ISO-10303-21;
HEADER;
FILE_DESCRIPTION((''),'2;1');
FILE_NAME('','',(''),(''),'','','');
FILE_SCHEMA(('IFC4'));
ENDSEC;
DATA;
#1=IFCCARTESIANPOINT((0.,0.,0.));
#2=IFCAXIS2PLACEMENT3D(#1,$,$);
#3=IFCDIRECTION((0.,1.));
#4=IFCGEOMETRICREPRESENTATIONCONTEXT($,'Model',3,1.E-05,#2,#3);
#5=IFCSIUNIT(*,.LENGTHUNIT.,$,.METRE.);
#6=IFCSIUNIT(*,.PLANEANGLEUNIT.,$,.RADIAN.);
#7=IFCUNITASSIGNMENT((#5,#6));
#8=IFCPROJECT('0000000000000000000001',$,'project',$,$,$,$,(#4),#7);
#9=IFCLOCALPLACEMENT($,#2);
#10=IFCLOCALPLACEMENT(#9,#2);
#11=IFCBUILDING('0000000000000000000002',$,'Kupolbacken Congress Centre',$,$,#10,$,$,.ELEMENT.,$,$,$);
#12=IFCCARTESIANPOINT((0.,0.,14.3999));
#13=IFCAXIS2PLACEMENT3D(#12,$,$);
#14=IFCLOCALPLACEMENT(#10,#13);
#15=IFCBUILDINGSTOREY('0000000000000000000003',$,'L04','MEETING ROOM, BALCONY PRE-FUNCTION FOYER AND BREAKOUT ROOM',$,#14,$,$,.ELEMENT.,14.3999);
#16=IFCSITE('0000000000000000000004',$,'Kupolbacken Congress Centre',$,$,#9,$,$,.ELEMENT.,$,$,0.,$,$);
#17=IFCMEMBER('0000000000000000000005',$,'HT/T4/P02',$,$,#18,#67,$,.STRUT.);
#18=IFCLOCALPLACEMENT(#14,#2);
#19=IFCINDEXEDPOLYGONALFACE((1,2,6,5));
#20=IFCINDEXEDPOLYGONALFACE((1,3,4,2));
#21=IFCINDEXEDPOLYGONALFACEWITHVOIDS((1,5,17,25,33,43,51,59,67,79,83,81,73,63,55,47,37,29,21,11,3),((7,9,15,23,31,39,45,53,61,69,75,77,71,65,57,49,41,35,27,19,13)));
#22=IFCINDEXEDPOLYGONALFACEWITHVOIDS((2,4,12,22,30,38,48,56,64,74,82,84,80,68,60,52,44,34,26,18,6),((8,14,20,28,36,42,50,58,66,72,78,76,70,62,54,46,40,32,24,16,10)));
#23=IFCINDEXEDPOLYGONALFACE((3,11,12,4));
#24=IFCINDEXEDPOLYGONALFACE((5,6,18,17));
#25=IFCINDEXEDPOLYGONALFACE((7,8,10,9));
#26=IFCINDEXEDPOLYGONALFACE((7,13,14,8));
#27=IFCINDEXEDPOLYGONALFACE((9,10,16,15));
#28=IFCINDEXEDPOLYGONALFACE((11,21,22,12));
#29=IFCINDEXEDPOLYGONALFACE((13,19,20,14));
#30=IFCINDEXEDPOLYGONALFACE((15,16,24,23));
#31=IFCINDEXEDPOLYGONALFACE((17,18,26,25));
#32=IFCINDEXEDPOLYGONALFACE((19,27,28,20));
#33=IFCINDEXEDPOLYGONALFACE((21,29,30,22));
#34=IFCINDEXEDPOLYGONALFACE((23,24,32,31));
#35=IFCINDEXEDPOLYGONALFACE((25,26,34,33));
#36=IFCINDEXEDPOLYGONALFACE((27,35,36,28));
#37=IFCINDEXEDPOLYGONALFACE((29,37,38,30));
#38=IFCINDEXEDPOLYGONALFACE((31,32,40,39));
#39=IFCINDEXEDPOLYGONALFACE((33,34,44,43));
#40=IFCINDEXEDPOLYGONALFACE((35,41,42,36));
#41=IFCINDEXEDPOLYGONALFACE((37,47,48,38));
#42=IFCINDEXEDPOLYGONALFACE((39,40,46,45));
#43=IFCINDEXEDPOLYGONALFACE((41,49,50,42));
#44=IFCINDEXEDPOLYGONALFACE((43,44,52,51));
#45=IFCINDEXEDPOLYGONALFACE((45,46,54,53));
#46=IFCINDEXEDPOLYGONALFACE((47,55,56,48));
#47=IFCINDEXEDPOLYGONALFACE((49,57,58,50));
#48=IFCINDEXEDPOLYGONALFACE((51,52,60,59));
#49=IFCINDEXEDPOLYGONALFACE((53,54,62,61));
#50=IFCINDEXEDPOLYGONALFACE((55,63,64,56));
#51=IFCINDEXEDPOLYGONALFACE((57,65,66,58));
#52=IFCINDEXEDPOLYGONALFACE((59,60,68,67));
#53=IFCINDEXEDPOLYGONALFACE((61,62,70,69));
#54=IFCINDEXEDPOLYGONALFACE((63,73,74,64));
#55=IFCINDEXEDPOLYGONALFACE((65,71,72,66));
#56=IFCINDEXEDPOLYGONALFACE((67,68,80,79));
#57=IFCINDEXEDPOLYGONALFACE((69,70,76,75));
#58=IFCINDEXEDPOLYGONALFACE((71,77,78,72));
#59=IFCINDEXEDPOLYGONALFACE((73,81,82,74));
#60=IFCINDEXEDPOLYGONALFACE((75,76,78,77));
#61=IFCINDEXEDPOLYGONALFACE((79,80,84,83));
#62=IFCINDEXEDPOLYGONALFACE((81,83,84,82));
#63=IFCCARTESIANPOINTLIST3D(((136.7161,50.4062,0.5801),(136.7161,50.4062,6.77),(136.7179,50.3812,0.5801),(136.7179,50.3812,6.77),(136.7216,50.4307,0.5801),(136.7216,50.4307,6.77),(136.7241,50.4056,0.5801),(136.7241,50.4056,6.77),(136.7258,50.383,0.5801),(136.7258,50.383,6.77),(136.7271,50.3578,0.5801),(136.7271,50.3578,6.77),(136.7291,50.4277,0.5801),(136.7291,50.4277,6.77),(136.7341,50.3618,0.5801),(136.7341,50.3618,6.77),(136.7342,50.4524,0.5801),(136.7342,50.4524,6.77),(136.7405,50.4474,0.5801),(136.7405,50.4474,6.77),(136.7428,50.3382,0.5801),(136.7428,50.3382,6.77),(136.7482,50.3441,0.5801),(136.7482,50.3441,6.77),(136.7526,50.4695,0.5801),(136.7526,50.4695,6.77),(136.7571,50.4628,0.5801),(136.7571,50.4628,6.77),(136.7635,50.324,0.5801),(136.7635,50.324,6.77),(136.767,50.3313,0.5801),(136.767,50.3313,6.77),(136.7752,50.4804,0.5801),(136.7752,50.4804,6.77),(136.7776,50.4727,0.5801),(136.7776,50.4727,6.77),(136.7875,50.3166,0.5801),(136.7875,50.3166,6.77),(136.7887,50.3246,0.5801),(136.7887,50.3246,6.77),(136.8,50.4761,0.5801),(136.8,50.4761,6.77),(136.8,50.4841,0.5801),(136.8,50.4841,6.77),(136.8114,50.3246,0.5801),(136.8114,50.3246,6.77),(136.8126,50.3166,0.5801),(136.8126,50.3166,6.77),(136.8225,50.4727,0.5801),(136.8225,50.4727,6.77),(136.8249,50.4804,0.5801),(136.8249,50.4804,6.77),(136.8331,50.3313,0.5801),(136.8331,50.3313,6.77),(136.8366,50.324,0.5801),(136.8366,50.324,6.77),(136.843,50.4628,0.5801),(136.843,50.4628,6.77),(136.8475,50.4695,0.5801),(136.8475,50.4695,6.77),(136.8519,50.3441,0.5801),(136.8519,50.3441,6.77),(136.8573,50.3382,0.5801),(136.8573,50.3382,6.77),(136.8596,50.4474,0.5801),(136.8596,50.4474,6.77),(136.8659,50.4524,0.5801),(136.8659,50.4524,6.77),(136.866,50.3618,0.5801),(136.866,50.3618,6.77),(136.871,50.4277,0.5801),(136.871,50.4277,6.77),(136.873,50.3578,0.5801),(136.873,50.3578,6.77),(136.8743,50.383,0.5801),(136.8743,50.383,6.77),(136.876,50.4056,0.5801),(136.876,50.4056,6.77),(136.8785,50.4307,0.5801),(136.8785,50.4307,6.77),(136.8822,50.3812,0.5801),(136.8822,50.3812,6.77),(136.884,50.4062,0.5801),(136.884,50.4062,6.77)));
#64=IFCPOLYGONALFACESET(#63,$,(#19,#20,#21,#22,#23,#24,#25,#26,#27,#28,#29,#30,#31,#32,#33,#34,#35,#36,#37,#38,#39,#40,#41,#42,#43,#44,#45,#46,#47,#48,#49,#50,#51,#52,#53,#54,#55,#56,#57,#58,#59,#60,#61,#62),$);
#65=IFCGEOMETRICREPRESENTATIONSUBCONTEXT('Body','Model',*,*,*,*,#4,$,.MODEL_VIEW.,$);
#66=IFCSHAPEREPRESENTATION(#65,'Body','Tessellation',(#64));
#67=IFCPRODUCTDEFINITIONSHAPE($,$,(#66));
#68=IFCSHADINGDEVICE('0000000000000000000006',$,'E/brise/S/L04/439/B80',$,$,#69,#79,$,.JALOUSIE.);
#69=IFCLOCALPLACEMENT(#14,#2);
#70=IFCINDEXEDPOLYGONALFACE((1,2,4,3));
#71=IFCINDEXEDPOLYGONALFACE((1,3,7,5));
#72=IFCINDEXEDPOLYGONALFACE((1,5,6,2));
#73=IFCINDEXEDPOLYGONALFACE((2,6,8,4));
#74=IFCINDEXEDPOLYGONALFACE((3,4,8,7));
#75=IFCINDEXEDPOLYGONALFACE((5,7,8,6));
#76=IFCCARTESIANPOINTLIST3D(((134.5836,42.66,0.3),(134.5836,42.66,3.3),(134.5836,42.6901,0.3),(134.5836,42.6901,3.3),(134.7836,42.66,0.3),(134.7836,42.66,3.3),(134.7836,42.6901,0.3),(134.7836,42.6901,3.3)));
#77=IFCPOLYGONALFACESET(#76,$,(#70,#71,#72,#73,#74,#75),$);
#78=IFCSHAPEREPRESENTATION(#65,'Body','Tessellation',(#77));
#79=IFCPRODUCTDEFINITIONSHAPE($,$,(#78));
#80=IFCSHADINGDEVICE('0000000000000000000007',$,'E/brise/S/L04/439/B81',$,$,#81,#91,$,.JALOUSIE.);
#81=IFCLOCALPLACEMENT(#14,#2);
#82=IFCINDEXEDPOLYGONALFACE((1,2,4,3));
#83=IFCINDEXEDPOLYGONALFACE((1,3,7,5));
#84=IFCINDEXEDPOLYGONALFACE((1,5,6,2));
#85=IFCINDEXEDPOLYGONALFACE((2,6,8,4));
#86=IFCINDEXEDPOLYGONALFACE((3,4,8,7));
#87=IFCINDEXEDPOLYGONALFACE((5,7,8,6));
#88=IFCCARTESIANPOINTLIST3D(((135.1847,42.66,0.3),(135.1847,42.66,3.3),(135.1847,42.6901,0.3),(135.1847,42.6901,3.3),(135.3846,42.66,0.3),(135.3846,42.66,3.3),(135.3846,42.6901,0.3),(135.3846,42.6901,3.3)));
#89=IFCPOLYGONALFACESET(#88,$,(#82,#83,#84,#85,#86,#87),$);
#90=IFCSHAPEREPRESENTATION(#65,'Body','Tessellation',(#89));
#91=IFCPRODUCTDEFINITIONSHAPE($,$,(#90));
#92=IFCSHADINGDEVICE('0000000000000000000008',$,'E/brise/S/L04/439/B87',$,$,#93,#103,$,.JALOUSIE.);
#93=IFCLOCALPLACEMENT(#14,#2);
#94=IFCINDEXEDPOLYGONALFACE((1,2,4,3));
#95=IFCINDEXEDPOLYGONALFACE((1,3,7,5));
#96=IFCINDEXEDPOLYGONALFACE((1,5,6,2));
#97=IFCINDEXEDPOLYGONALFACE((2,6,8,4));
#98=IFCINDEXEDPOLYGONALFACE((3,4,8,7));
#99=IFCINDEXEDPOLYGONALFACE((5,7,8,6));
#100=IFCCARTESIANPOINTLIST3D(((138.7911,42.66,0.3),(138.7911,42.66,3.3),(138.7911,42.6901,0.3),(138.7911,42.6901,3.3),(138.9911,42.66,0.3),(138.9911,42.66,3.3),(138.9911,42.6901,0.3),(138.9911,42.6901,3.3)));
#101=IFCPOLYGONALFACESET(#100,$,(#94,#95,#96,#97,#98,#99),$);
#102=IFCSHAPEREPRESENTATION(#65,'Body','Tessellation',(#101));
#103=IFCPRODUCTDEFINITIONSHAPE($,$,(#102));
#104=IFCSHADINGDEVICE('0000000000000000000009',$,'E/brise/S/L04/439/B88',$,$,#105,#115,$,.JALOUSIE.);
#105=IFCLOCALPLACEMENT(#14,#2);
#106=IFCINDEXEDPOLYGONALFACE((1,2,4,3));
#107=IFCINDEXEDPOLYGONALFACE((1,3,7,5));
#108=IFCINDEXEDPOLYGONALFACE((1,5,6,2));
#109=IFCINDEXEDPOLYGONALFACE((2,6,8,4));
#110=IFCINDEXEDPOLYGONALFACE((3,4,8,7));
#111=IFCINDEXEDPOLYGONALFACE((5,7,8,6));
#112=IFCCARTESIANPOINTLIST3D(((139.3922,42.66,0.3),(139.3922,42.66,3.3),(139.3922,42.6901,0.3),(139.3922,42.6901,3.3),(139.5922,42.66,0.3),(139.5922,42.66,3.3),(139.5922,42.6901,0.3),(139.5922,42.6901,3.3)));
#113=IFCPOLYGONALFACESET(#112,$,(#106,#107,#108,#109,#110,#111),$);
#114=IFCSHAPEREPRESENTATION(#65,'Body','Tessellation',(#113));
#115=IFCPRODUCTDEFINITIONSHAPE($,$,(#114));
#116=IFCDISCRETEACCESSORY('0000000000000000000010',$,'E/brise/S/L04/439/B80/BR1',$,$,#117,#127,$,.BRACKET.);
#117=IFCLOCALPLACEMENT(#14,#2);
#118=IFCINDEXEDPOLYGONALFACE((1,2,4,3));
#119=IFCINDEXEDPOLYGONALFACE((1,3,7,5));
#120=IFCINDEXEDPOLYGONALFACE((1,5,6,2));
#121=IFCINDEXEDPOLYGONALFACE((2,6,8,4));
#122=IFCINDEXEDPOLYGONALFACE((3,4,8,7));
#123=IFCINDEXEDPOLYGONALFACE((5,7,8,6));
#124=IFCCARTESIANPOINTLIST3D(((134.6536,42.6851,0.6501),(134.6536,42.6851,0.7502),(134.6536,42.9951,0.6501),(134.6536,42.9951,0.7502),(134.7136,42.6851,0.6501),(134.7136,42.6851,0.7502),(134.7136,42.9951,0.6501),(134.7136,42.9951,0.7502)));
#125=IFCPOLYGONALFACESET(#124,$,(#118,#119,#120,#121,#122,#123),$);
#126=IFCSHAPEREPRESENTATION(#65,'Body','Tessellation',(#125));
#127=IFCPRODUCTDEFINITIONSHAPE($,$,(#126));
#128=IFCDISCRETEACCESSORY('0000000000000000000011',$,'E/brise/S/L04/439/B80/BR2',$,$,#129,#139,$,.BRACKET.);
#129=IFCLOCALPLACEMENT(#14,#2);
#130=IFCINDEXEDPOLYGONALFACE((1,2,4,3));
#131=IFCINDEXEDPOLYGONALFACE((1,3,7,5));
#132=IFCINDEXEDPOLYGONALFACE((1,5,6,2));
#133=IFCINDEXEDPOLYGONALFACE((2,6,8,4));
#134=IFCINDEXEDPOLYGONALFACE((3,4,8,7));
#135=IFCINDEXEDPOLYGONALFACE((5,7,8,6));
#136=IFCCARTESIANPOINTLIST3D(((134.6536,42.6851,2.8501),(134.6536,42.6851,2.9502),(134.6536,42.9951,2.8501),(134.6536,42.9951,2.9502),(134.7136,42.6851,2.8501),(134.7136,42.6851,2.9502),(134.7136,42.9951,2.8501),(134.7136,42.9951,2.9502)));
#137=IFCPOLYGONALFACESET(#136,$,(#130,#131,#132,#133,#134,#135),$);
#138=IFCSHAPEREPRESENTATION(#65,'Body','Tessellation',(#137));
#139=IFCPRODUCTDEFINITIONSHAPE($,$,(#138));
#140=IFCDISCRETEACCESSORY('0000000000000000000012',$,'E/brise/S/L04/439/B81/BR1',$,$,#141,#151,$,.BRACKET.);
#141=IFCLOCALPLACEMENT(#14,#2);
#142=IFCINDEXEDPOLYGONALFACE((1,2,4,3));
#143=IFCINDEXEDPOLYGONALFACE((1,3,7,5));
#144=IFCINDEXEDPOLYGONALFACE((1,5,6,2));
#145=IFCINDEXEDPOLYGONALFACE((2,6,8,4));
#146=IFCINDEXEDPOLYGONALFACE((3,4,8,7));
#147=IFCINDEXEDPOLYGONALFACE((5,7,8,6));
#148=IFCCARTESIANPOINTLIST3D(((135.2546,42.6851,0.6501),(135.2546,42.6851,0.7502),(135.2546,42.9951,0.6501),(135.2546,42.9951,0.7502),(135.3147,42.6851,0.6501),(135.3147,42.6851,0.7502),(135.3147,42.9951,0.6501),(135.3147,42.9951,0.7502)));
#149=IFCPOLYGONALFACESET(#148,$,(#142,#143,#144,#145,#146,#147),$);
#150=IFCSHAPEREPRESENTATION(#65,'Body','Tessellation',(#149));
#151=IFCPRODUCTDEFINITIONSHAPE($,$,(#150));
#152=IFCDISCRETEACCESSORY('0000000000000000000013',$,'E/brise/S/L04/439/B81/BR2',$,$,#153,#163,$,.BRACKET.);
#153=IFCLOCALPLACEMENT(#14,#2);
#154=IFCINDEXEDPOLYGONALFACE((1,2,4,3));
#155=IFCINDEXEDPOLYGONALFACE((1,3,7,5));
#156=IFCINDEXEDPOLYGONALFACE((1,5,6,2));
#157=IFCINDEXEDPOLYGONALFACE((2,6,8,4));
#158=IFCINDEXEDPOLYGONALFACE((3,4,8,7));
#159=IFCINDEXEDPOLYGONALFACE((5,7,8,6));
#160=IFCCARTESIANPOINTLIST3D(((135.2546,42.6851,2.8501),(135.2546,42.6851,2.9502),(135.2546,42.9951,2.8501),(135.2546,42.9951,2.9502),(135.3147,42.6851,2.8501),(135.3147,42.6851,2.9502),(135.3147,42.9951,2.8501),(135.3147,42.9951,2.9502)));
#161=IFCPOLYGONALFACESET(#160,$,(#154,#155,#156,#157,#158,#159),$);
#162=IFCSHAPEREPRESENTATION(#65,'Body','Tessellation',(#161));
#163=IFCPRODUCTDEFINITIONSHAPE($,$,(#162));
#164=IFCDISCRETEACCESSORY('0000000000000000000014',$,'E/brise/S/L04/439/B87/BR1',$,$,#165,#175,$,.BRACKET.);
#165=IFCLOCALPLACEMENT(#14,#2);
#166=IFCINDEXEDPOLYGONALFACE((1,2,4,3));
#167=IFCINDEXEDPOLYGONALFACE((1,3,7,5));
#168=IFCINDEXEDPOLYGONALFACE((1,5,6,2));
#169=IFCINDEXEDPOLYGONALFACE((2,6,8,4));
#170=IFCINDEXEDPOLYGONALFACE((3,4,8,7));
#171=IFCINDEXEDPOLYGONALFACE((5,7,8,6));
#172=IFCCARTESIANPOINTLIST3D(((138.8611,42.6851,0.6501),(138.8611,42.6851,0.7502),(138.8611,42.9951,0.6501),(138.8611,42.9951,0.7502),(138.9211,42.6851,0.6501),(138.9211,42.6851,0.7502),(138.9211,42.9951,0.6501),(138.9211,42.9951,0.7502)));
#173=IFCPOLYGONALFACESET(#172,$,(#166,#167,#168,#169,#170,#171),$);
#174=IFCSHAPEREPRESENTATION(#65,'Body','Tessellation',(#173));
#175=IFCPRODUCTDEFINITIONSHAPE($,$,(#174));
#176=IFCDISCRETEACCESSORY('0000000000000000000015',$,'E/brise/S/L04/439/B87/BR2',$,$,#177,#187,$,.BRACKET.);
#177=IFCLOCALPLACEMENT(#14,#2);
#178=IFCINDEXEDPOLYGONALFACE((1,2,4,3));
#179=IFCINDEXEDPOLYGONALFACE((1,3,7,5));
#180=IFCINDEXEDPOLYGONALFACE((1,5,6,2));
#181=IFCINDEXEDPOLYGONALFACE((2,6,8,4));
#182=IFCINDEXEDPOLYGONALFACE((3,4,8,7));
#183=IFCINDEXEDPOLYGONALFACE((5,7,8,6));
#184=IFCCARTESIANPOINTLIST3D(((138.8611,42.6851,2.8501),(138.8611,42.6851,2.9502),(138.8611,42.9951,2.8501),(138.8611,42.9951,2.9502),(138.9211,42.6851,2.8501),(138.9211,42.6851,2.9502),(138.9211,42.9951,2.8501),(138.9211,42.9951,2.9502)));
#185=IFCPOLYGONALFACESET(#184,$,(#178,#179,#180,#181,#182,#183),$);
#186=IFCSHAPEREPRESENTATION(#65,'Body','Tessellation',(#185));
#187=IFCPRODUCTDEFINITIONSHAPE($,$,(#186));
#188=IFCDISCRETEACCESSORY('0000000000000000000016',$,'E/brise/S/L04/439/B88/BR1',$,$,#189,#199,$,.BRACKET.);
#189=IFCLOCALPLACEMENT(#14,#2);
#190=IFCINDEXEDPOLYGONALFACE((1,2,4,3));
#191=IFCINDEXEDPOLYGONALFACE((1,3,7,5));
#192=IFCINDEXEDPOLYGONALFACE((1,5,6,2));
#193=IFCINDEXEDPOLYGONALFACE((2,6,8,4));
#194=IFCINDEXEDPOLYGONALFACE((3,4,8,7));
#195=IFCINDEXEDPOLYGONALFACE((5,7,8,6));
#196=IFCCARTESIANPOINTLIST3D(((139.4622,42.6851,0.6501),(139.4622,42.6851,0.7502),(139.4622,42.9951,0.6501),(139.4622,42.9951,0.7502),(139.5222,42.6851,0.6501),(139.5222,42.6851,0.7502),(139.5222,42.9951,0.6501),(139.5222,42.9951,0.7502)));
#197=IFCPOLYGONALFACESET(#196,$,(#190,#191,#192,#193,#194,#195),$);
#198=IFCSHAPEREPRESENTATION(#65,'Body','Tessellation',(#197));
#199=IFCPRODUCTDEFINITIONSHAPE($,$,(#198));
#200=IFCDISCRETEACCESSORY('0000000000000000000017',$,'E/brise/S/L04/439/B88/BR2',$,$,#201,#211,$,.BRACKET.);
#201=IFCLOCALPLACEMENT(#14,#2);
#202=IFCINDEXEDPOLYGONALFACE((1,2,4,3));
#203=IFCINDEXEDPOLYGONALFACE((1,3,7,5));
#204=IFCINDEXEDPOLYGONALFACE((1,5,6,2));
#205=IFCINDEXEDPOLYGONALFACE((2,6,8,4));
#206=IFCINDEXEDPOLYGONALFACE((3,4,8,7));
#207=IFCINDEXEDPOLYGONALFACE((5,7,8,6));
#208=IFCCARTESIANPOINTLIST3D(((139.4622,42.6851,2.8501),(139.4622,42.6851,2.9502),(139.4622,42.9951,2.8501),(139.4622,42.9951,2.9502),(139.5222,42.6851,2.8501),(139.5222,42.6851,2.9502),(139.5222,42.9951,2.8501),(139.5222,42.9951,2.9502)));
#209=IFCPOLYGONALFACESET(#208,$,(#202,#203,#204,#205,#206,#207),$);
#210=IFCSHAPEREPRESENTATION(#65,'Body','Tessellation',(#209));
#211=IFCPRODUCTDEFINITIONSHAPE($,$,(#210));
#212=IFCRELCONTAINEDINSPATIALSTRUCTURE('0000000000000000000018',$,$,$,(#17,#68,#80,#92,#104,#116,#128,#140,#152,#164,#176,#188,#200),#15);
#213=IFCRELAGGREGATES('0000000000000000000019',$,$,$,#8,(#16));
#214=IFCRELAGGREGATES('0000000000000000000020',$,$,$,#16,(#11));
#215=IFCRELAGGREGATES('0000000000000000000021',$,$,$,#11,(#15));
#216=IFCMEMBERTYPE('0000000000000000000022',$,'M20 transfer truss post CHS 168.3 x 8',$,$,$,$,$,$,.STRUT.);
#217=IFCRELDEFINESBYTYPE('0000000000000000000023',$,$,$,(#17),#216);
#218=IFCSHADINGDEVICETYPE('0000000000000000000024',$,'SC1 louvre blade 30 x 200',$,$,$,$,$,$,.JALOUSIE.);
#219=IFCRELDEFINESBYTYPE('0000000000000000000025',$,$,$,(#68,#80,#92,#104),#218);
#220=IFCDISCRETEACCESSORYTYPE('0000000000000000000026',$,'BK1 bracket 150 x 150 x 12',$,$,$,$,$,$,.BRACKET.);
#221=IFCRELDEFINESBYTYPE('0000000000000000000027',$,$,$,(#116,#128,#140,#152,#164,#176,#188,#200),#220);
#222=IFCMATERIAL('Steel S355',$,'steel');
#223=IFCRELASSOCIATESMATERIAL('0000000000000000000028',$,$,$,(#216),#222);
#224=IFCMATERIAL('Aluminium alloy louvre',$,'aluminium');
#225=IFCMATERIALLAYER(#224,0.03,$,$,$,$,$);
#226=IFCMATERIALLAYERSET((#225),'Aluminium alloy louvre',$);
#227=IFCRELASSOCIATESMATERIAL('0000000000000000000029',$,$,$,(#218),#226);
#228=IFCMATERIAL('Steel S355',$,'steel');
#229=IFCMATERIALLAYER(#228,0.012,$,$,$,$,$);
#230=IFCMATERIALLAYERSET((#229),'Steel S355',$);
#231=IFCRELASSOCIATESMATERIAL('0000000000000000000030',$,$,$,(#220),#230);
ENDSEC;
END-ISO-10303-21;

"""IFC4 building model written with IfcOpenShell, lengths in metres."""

from ifc_helpers import new_model, si_unit, direction, frame, origin, origin_2d, place, context, subcontext, project, spatial, rectangle, hollow_circle, extrude, material, layer, layer_set, material_profile, profile_set, type_object, element, save


model = new_model("IFC4")

# Units and contexts
model_context = context("Model", 3, precision=1e-05, world=origin(), true_north=direction((0.0, 1.0)))
body_context = subcontext(model_context, "Body", "Model", "MODEL_VIEW")
ifc_project = project(units=[si_unit("LENGTHUNIT", "METRE"), si_unit("PLANEANGLEUNIT", "RADIAN")], contexts=[model_context])

# Site, building, storey
site_placement = place(None, origin())
site = spatial("IfcSite", under=ifc_project, at=site_placement, Name="Kupolbacken Congress Centre", CompositionType="ELEMENT", RefElevation=0.0)
building_placement = place(site_placement, origin())
building = spatial("IfcBuilding", under=site, at=building_placement, Name="Kupolbacken Congress Centre", CompositionType="ELEMENT")
storey_placement = place(building_placement, frame((0.0, 0.0, 14.3999)))
storey = spatial("IfcBuildingStorey", under=building, at=storey_placement, Name="L04", Description="MEETING ROOM, BALCONY PRE-FUNCTION FOYER AND BREAKOUT ROOM", CompositionType="ELEMENT", Elevation=14.3999)

# Member
ifc_material_1 = material(Name="Steel S355", Category="steel")
ifc_material_profile_1 = material_profile(ifc_material_1, hollow_circle(Radius=0.0842, WallThickness=0.0081, at=origin_2d()), Name="CHS 168.3 x 8")
ifc_profile_set_1 = profile_set([ifc_material_profile_1], Name="Steel S355")
member_type_1 = type_object("IfcMemberType", Name="M20 transfer truss post CHS 168.3 x 8", PredefinedType="STRUT", material=ifc_profile_set_1)
for number, where, z_axis, x_axis, name in (
    (1, (136.8, 50.3999, 0.5801), (0.0, 0.0, 1.0), (0.0, 1.0, 0.0), "HT/T4/P02"),
):
    element("IfcMember", number, at=place(storey_placement, frame(where, z_axis=z_axis, x_axis=x_axis)), inside=storey, type_object=member_type_1, Name=name, PredefinedType="STRUT", context=body_context, shape_type="SweptSolid", body=[
        extrude(hollow_circle(Radius=0.0842, WallThickness=0.0081, at=origin_2d()), origin(), (0.0, 0.0, 1.0), 6.1899),
    ])

# Shading devices
ifc_material_2 = material(Name="Aluminium alloy louvre", Category="aluminium")
ifc_layer_1 = layer(ifc_material_2, 0.03)
ifc_layer_set_1 = layer_set([ifc_layer_1], Name="Aluminium alloy louvre")
shading_device_type = type_object("IfcShadingDeviceType", Name="SC1 louvre blade 30 x 200", PredefinedType="JALOUSIE", material=ifc_layer_set_1)
for number, where, z_axis, x_axis, name in (
    (2, (134.6836, 42.675, 0.3), (0.0, 0.0, 1.0), (1.0, 0.0, 0.0), "E/brise/S/L04/439/B80"),
    (3, (135.2847, 42.675, 0.3), (0.0, 0.0, 1.0), (1.0, 0.0, 0.0), "E/brise/S/L04/439/B81"),
    (4, (138.8911, 42.675, 0.3), (0.0, 0.0, 1.0), (1.0, 0.0, 0.0), "E/brise/S/L04/439/B87"),
    (5, (139.4922, 42.675, 0.3), (0.0, 0.0, 1.0), (1.0, 0.0, 0.0), "E/brise/S/L04/439/B88"),
):
    element("IfcShadingDevice", number, at=place(storey_placement, frame(where, z_axis=z_axis, x_axis=x_axis)), inside=storey, type_object=shading_device_type, Name=name, PredefinedType="JALOUSIE", context=body_context, shape_type="SweptSolid", body=[
        extrude(rectangle(XDim=0.2, YDim=0.03, at=origin_2d()), origin(), (0.0, 0.0, 1.0), 3.0),
    ])

# Discrete accessories
ifc_material_3 = material(Name="Steel S355", Category="steel")
ifc_layer_2 = layer(ifc_material_3, 0.012)
ifc_layer_set_2 = layer_set([ifc_layer_2], Name="Steel S355")
discrete_accessory_type = type_object("IfcDiscreteAccessoryType", Name="BK1 bracket 150 x 150 x 12", PredefinedType="BRACKET", material=ifc_layer_set_2)
for number, where, z_axis, x_axis, name in (
    (6, (134.6836, 42.8401, 0.6501), (0.0, 0.0, 1.0), (1.0, 0.0, 0.0), "E/brise/S/L04/439/B80/BR1"),
    (7, (134.6836, 42.8401, 2.8501), (0.0, 0.0, 1.0), (1.0, 0.0, 0.0), "E/brise/S/L04/439/B80/BR2"),
    (8, (135.2847, 42.8401, 0.6501), (0.0, 0.0, 1.0), (1.0, 0.0, 0.0), "E/brise/S/L04/439/B81/BR1"),
    (9, (135.2847, 42.8401, 2.8501), (0.0, 0.0, 1.0), (1.0, 0.0, 0.0), "E/brise/S/L04/439/B81/BR2"),
    (10, (138.8911, 42.8401, 0.6501), (0.0, 0.0, 1.0), (1.0, 0.0, 0.0), "E/brise/S/L04/439/B87/BR1"),
    (11, (138.8911, 42.8401, 2.8501), (0.0, 0.0, 1.0), (1.0, 0.0, 0.0), "E/brise/S/L04/439/B87/BR2"),
    (12, (139.4922, 42.8401, 0.6501), (0.0, 0.0, 1.0), (1.0, 0.0, 0.0), "E/brise/S/L04/439/B88/BR1"),
    (13, (139.4922, 42.8401, 2.8501), (0.0, 0.0, 1.0), (1.0, 0.0, 0.0), "E/brise/S/L04/439/B88/BR2"),
):
    element("IfcDiscreteAccessory", number, at=place(storey_placement, frame(where, z_axis=z_axis, x_axis=x_axis)), inside=storey, type_object=discrete_accessory_type, Name=name, PredefinedType="BRACKET", context=body_context, shape_type="SweptSolid", body=[
        extrude(rectangle(XDim=0.0601, YDim=0.3101, at=origin_2d()), origin(), (0.0, 0.0, 1.0), 0.1001),
    ])

save(model, "model.ifc")
